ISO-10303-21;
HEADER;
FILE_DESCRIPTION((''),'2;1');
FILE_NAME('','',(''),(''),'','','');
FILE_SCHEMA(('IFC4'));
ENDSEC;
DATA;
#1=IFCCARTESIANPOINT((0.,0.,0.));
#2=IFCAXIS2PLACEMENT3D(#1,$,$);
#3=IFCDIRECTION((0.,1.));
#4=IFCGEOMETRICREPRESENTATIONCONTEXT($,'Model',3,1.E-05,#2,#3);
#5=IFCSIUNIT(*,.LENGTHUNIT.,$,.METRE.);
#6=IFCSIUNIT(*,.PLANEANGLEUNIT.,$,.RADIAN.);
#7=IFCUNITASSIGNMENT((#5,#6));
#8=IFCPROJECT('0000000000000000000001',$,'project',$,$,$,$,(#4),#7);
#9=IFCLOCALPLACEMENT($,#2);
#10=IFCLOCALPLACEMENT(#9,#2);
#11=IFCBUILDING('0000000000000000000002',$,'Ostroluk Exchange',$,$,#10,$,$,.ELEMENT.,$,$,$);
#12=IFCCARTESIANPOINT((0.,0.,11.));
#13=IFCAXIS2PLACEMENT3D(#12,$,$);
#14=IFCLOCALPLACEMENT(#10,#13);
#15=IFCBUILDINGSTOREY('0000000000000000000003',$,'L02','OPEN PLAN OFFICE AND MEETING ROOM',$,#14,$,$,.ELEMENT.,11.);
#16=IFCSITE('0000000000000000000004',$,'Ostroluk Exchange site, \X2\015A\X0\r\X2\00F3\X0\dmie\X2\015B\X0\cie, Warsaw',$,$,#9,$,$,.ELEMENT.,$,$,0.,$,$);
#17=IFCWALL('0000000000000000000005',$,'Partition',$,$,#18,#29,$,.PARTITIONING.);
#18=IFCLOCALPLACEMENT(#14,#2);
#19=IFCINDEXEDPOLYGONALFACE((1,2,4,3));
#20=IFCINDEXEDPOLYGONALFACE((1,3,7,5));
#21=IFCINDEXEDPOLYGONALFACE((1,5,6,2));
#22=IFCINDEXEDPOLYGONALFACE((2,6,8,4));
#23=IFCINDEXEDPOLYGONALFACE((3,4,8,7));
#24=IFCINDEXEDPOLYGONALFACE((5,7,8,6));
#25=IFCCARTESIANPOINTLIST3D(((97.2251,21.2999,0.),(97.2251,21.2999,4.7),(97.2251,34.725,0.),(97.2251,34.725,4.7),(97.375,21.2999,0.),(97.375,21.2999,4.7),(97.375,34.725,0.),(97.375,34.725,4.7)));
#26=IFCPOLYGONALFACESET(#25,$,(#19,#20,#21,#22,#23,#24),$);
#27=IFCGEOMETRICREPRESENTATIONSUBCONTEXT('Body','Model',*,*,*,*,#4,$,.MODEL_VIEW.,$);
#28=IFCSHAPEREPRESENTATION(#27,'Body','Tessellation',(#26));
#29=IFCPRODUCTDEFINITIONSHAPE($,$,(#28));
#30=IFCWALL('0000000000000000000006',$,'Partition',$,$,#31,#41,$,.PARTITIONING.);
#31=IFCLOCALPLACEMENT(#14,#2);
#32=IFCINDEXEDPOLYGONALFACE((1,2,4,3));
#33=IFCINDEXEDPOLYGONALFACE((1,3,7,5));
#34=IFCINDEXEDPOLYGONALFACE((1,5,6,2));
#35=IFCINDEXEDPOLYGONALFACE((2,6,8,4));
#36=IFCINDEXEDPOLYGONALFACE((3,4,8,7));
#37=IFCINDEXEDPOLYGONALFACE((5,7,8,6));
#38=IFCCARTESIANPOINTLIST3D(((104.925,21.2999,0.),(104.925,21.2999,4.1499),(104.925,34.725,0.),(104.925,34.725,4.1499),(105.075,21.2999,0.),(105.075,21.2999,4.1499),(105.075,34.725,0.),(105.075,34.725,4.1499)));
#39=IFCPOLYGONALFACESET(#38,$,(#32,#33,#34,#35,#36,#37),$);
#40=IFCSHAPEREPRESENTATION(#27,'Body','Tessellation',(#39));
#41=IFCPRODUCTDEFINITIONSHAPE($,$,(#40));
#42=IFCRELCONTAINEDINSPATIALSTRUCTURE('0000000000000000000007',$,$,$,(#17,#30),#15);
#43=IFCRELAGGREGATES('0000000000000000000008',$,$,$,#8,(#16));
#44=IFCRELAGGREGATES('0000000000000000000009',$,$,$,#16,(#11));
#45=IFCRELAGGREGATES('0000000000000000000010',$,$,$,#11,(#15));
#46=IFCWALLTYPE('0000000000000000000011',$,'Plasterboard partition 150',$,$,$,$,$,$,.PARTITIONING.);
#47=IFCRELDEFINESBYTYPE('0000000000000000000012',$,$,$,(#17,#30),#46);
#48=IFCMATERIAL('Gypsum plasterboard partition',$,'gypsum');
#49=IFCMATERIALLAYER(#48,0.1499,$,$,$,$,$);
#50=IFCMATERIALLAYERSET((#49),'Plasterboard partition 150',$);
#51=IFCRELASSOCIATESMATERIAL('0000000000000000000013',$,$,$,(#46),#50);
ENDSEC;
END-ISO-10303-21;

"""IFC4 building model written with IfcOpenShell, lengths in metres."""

from ifc_helpers import new_model, si_unit, direction, frame, frame_2d, origin, place, context, subcontext, project, spatial, rectangle, extrude, material, layer, layer_set, type_object, element, save


model = new_model("IFC4")

# Units and contexts
model_context = context("Model", 3, precision=1e-05, world=origin(), true_north=direction((0.0, 1.0)))
body_context = subcontext(model_context, "Body", "Model", "MODEL_VIEW")
ifc_project = project(units=[si_unit("LENGTHUNIT", "METRE"), si_unit("PLANEANGLEUNIT", "RADIAN")], contexts=[model_context])

# Site, building, storey
site_placement = place(None, origin())
site = spatial("IfcSite", under=ifc_project, at=site_placement, Name="Ostroluk Exchange site, Śródmieście, Warsaw", CompositionType="ELEMENT", RefElevation=0.0)
building_placement = place(site_placement, origin())
building = spatial("IfcBuilding", under=site, at=building_placement, Name="Ostroluk Exchange", CompositionType="ELEMENT")
storey_placement = place(building_placement, frame((0.0, 0.0, 11.0)))
storey = spatial("IfcBuildingStorey", under=building, at=storey_placement, Name="L02", Description="OPEN PLAN OFFICE AND MEETING ROOM", CompositionType="ELEMENT", Elevation=11.0)

# Walls
ifc_material_1 = material(Name="Gypsum plasterboard partition", Category="gypsum")
ifc_layer_1 = layer(ifc_material_1, 0.1499)
ifc_layer_set_1 = layer_set([ifc_layer_1], Name="Plasterboard partition 150")
wall_type_1 = type_object("IfcWallType", Name="Plasterboard partition 150", PredefinedType="PARTITIONING", material=ifc_layer_set_1)
wall_1_placement = place(storey_placement, frame((97.3, 21.3, 0.0), z_axis=(0.0, 0.0, 1.0), x_axis=(0.0, 1.0, 0.0)))
element("IfcWall", 1, at=wall_1_placement, inside=storey, type_object=wall_type_1, Name="Partition", PredefinedType="PARTITIONING", context=body_context, shape_type="SweptSolid", body=[
    extrude(rectangle(XDim=13.425, YDim=0.1499, at=frame_2d((6.7124, 0.0))), origin(), (0.0, 0.0, 1.0), 4.7),
])
wall_2_placement = place(storey_placement, frame((105.0, 21.3, 0.0), z_axis=(0.0, 0.0, 1.0), x_axis=(0.0, 1.0, 0.0)))
element("IfcWall", 2, at=wall_2_placement, inside=storey, type_object=wall_type_1, Name="Partition", PredefinedType="PARTITIONING", context=body_context, shape_type="SweptSolid", body=[
    extrude(rectangle(XDim=13.425, YDim=0.1499, at=frame_2d((6.7124, 0.0))), origin(), (0.0, 0.0, 1.0), 4.1499),
])

save(model, "model.ifc")
